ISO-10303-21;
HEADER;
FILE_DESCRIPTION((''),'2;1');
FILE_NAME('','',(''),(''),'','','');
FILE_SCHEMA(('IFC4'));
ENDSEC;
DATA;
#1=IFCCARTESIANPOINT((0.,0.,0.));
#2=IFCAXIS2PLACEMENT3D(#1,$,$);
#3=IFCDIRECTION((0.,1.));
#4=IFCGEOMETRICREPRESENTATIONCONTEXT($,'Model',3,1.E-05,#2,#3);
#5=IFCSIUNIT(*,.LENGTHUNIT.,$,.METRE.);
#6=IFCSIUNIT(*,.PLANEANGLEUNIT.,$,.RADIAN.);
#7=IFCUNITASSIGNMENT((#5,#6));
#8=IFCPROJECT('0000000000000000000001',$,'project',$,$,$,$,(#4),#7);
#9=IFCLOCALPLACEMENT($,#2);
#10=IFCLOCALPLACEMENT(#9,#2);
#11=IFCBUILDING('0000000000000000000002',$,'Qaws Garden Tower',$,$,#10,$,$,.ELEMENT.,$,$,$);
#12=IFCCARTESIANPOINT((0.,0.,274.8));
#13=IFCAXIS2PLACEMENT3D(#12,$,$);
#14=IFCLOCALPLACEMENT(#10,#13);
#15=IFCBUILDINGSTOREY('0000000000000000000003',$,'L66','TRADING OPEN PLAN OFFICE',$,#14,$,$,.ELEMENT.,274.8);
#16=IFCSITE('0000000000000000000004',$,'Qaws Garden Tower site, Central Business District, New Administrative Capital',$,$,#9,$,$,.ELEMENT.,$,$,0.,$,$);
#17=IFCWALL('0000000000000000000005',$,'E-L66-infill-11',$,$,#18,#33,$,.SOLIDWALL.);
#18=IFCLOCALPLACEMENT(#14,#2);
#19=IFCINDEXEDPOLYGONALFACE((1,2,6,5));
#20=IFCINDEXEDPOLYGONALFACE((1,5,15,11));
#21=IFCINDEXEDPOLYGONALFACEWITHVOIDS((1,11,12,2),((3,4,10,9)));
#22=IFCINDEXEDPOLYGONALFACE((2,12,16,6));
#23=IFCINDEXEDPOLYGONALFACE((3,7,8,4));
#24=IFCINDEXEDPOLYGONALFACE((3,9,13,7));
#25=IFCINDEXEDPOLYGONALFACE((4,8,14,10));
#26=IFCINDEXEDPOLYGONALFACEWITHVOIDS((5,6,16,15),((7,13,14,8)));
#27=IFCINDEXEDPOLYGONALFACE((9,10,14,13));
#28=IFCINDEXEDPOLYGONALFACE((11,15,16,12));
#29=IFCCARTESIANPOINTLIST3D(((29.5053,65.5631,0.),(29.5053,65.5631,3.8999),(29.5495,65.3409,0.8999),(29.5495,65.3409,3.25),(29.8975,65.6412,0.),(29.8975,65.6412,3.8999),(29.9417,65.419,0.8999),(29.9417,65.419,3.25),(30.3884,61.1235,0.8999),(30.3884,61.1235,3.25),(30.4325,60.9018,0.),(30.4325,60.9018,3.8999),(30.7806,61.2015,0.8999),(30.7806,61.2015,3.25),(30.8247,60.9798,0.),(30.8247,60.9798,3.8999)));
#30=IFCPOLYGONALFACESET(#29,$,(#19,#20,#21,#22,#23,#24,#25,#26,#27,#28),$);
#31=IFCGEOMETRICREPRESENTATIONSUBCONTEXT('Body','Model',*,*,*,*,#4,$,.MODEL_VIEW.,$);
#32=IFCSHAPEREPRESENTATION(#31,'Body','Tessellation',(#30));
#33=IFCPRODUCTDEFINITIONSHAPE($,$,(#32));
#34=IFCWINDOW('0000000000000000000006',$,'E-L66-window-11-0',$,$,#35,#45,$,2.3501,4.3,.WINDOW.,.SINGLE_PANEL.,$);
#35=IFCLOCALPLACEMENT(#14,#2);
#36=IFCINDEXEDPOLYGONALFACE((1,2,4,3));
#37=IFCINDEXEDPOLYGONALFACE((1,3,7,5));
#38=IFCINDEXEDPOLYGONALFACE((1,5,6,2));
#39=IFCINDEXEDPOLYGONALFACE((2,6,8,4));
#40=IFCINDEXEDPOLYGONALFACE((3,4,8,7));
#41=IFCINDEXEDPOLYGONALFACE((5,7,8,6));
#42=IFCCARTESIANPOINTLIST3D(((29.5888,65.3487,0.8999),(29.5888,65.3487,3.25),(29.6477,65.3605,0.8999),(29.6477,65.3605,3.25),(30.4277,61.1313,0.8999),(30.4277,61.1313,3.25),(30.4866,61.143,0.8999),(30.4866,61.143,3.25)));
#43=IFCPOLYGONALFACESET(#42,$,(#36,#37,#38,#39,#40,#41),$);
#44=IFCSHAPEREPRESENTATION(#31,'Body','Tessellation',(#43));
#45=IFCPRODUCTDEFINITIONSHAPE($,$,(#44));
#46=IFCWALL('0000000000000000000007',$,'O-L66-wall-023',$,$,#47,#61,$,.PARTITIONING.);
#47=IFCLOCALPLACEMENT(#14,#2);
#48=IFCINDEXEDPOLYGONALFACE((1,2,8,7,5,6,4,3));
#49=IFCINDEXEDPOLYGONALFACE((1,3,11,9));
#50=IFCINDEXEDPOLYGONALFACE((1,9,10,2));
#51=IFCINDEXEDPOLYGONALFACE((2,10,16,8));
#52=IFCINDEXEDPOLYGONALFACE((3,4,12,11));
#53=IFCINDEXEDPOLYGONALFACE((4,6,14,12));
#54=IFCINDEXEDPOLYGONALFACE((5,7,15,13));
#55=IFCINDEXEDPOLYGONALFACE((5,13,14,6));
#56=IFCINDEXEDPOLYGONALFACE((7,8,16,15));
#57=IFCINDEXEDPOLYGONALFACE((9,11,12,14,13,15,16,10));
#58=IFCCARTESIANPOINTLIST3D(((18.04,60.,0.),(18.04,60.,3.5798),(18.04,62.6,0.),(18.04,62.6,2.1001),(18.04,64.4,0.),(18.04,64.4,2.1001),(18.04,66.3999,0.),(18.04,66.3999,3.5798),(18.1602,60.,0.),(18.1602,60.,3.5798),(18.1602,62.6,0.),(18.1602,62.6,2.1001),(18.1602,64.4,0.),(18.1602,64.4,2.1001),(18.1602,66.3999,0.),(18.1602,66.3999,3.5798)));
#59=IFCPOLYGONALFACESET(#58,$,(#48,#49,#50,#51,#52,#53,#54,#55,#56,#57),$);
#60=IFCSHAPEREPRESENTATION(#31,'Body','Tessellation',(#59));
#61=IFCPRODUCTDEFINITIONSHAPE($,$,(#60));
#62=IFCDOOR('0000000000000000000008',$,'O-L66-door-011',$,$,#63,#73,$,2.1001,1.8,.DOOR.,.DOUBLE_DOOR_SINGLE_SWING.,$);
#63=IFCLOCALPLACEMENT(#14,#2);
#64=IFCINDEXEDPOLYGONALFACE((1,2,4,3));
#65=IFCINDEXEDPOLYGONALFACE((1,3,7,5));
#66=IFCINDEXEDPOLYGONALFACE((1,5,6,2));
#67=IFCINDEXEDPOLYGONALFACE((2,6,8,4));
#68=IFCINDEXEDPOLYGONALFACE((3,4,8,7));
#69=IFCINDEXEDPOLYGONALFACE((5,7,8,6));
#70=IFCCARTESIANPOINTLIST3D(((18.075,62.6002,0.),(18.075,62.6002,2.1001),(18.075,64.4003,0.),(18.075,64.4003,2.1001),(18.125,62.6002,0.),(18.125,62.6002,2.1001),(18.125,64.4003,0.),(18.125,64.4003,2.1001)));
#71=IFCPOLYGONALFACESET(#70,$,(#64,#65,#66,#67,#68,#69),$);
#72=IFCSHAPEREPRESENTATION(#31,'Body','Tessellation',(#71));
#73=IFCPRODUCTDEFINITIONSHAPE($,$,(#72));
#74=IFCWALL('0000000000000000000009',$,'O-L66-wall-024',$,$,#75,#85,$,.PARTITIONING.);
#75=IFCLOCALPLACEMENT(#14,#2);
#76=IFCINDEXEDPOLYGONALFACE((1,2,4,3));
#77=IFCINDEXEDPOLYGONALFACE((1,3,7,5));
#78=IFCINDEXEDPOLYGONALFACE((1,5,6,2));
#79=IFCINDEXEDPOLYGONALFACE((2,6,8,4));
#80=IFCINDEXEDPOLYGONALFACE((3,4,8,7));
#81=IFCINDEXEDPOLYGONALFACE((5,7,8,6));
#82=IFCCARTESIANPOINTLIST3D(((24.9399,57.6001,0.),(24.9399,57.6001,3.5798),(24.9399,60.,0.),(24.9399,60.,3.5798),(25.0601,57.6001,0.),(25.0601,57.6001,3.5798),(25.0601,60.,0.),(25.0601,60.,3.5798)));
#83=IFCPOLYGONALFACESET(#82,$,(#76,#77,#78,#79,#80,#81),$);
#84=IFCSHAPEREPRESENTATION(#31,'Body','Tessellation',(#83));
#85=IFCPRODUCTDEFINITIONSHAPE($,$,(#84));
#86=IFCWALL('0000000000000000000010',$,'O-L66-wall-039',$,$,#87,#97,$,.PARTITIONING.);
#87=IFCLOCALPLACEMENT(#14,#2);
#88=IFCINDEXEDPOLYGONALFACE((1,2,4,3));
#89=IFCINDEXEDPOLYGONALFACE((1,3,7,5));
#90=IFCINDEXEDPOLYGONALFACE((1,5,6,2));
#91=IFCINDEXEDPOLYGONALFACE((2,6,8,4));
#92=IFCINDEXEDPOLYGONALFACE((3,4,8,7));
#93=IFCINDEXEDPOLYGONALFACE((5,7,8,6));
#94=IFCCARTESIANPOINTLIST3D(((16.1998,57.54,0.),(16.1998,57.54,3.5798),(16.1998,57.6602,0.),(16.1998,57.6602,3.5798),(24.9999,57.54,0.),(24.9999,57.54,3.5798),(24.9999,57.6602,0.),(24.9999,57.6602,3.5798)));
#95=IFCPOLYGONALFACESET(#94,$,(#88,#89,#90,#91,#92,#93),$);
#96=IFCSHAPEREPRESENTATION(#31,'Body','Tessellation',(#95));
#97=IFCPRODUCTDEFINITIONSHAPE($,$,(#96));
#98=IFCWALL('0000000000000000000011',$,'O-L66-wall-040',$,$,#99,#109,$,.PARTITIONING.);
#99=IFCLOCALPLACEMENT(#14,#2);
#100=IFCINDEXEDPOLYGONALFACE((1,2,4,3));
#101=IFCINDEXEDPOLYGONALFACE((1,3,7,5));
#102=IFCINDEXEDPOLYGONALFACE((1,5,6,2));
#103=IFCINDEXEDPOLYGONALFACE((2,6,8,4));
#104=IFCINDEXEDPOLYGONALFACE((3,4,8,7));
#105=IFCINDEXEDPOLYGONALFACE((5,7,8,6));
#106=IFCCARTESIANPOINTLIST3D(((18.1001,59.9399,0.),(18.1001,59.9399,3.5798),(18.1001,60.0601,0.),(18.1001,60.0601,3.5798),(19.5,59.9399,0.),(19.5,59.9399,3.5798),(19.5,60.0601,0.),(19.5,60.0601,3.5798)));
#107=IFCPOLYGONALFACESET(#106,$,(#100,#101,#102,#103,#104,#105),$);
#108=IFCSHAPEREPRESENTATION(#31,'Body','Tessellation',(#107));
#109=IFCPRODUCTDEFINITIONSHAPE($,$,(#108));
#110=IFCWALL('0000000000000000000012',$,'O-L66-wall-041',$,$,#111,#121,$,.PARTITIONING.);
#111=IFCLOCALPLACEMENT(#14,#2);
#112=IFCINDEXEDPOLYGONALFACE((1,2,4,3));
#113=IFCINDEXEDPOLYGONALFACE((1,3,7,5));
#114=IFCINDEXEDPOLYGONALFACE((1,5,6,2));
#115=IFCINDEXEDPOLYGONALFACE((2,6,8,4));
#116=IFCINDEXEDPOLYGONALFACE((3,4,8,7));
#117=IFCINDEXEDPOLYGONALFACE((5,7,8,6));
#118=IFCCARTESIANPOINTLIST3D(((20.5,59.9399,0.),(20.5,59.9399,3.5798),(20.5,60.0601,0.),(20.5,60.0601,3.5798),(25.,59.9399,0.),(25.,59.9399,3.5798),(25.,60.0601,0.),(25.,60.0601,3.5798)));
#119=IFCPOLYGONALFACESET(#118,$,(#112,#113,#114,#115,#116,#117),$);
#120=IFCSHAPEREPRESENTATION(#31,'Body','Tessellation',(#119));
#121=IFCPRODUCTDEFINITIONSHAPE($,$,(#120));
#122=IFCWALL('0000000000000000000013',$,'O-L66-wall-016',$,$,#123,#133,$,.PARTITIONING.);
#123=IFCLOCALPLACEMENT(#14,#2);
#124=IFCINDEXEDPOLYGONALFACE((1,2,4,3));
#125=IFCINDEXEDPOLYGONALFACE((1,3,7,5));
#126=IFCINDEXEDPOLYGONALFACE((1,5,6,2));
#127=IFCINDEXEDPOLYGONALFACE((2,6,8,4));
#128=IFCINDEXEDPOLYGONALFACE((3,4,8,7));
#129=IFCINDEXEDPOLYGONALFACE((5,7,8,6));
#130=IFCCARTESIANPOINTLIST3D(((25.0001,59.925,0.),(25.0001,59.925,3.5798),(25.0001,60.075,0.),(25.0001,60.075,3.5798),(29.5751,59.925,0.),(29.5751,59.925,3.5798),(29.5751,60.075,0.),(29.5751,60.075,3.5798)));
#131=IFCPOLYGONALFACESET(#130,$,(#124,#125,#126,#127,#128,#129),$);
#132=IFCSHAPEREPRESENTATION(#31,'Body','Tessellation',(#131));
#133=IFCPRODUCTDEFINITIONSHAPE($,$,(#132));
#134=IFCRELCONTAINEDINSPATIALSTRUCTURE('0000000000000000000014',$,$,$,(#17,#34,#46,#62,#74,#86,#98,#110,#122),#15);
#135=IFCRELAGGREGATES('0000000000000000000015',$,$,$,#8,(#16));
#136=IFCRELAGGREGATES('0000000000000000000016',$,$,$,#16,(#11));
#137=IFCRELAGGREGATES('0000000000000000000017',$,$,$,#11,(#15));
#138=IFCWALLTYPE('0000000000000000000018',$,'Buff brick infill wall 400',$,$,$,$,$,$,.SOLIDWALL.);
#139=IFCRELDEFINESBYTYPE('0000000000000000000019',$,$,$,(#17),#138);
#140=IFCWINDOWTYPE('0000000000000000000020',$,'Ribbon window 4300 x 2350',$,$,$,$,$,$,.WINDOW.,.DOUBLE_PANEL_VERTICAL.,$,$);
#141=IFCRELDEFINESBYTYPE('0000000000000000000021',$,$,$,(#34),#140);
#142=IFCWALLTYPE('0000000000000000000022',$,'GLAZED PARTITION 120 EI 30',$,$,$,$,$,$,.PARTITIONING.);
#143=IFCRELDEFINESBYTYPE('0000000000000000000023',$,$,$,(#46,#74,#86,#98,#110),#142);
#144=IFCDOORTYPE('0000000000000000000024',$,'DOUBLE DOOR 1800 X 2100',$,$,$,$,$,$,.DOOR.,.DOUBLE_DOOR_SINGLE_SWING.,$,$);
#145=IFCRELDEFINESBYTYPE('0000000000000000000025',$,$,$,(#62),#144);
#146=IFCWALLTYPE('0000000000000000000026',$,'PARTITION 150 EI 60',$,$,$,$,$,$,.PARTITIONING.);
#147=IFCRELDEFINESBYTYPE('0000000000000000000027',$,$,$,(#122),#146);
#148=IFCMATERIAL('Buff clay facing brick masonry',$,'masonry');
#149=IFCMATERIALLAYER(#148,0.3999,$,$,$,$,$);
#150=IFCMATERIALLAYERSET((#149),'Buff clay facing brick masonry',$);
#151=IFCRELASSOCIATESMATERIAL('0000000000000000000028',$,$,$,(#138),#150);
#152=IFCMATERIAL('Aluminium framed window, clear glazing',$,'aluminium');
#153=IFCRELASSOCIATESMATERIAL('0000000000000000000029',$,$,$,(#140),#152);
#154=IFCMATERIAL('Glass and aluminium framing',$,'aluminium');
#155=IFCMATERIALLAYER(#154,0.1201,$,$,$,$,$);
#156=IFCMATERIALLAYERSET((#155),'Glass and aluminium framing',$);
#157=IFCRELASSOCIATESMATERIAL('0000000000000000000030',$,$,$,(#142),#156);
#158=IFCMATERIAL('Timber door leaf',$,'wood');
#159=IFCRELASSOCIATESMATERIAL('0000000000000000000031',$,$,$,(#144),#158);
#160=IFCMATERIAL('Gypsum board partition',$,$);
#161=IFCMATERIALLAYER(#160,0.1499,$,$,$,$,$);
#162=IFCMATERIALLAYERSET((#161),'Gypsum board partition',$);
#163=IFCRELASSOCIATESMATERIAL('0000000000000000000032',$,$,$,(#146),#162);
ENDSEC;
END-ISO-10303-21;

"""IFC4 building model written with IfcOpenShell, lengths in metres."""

from ifc_helpers import new_model, si_unit, direction, frame, frame_2d, origin, place, context, subcontext, project, spatial, rectangle, extrude, material, layer, layer_set, type_object, element, fill, save


model = new_model("IFC4")

# Units and contexts
model_context = context("Model", 3, precision=1e-05, world=origin(), true_north=direction((0.0, 1.0)))
body_context = subcontext(model_context, "Body", "Model", "MODEL_VIEW")
ifc_project = project(units=[si_unit("LENGTHUNIT", "METRE"), si_unit("PLANEANGLEUNIT", "RADIAN")], contexts=[model_context])

# Site, building, storey
site_placement = place(None, origin())
site = spatial("IfcSite", under=ifc_project, at=site_placement, Name="Qaws Garden Tower site, Central Business District, New Administrative Capital", CompositionType="ELEMENT", RefElevation=0.0)
building_placement = place(site_placement, origin())
building = spatial("IfcBuilding", under=site, at=building_placement, Name="Qaws Garden Tower", CompositionType="ELEMENT")
storey_placement = place(building_placement, frame((0.0, 0.0, 274.8)))
storey = spatial("IfcBuildingStorey", under=building, at=storey_placement, Name="L66", Description="TRADING OPEN PLAN OFFICE", CompositionType="ELEMENT", Elevation=274.8)

# Shared definitions
ifc_material_1 = material(Name="Buff clay facing brick masonry", Category="masonry")
ifc_layer_1 = layer(ifc_material_1, 0.3999)
ifc_layer_set_1 = layer_set([ifc_layer_1], Name="Buff clay facing brick masonry")
wall_type_1 = type_object("IfcWallType", Name="Buff brick infill wall 400", PredefinedType="SOLIDWALL", material=ifc_layer_set_1)

# Wall, opening, window
wall_1_placement = place(storey_placement, frame((30.6287, 60.9407, 0.0), z_axis=(0.0, 0.0, 1.0), x_axis=(-0.195099, 0.980784, 0.0)))
wall_1 = element("IfcWall", 1, at=wall_1_placement, inside=storey, type_object=wall_type_1, Name="E-L66-infill-11", PredefinedType="SOLIDWALL", context=body_context, shape_type="SweptSolid", body=[
    extrude(rectangle(XDim=4.7527, YDim=0.3999, at=frame_2d((2.3765, 0.0))), origin(), (0.0, 0.0, 1.0), 3.8999),
])
opening_1_placement = place(wall_1_placement, frame((0.2263, 0.0, 0.8999)))
opening_1 = element("IfcOpeningElement", 2, at=opening_1_placement, cuts=wall_1, PredefinedType="OPENING", context=body_context, shape_type="SweptSolid", body=[
    extrude(rectangle(XDim=4.3, YDim=2.3501, at=frame_2d((2.1499, 1.175))), frame((0.0, 0.21, 0.0), z_axis=(0.0, -1.0, 0.0), x_axis=(1.0, 0.0, 0.0)), (0.0, 0.0, 1.0), 0.4199),
])
ifc_material_2 = material(Name="Aluminium framed window, clear glazing", Category="aluminium")
window_type_1 = type_object("IfcWindowType", Name="Ribbon window 4300 x 2350", PartitioningType="DOUBLE_PANEL_VERTICAL", PredefinedType="WINDOW", material=ifc_material_2)
window_1_placement = place(opening_1_placement, origin())
window_1 = element("IfcWindow", 3, at=window_1_placement, inside=storey, type_object=window_type_1, Name="E-L66-window-11-0", OverallHeight=2.3501, OverallWidth=4.3, PartitioningType="SINGLE_PANEL", PredefinedType="WINDOW", context=body_context, shape_type="SweptSolid", body=[
    extrude(rectangle(XDim=4.3, YDim=2.3501, at=frame_2d((2.1499, 1.175))), frame((0.0, 0.1599, 0.0), z_axis=(0.0, -1.0, 0.0), x_axis=(1.0, 0.0, 0.0)), (0.0, 0.0, 1.0), 0.0601),
])
fill(opening_1, window_1)

# Wall, opening, door
ifc_material_3 = material(Name="Glass and aluminium framing", Category="aluminium")
ifc_layer_2 = layer(ifc_material_3, 0.1201)
ifc_layer_set_2 = layer_set([ifc_layer_2], Name="Glass and aluminium framing")
wall_type_2 = type_object("IfcWallType", Name="GLAZED PARTITION 120 EI 30", PredefinedType="PARTITIONING", material=ifc_layer_set_2)
wall_2_placement = place(storey_placement, frame((18.1001, 60.0, 0.0), z_axis=(0.0, 0.0, 1.0), x_axis=(0.0, 1.0, 0.0)))
wall_2 = element("IfcWall", 4, at=wall_2_placement, inside=storey, type_object=wall_type_2, Name="O-L66-wall-023", PredefinedType="PARTITIONING", context=body_context, shape_type="SweptSolid", body=[
    extrude(rectangle(XDim=6.3999, YDim=0.1201, at=frame_2d((3.2, 0.0))), origin(), (0.0, 0.0, 1.0), 3.5798),
])
opening_2_placement = place(wall_2_placement, frame((2.6001, 0.0, 0.0)))
opening_2 = element("IfcOpeningElement", 5, at=opening_2_placement, cuts=wall_2, PredefinedType="OPENING", context=body_context, shape_type="SweptSolid", body=[
    extrude(rectangle(XDim=1.8, YDim=2.1001, at=frame_2d((0.8999, 1.05))), frame((0.0, 0.0701, 0.0), z_axis=(0.0, -1.0, 0.0), x_axis=(1.0, 0.0, 0.0)), (0.0, 0.0, 1.0), 0.1401),
])
ifc_material_4 = material(Name="Timber door leaf", Category="wood")
door_type = type_object("IfcDoorType", Name="DOUBLE DOOR 1800 X 2100", OperationType="DOUBLE_DOOR_SINGLE_SWING", PredefinedType="DOOR", material=ifc_material_4)
door_placement = place(opening_2_placement, frame((1.8, 0.0, 0.0), z_axis=(0.0, 0.0, 1.0), x_axis=(-1.0, 0.0, 0.0)))
door = element("IfcDoor", 6, at=door_placement, inside=storey, type_object=door_type, Name="O-L66-door-011", OperationType="DOUBLE_DOOR_SINGLE_SWING", OverallHeight=2.1001, OverallWidth=1.8, PredefinedType="DOOR", context=body_context, shape_type="SweptSolid", body=[
    extrude(rectangle(XDim=1.8, YDim=2.1001, at=frame_2d((0.8999, 1.05))), frame((0.0, 0.0249, 0.0), z_axis=(0.0, -1.0, 0.0), x_axis=(1.0, 0.0, 0.0)), (0.0, 0.0, 1.0), 0.05),
])
fill(opening_2, door)

# Walls
wall_3_placement = place(storey_placement, frame((25.0, 57.6001, 0.0), z_axis=(0.0, 0.0, 1.0), x_axis=(0.0, 1.0, 0.0)))
element("IfcWall", 7, at=wall_3_placement, inside=storey, type_object=wall_type_2, Name="O-L66-wall-024", PredefinedType="PARTITIONING", context=body_context, shape_type="SweptSolid", body=[
    extrude(rectangle(XDim=2.3999, YDim=0.1201, at=frame_2d((1.2, 0.0))), origin(), (0.0, 0.0, 1.0), 3.5798),
])
wall_4_placement = place(storey_placement, frame((16.2, 57.6001, 0.0), z_axis=(0.0, 0.0, 1.0), x_axis=(1.0, 0.0, 0.0)))
element("IfcWall", 8, at=wall_4_placement, inside=storey, type_object=wall_type_2, Name="O-L66-wall-039", PredefinedType="PARTITIONING", context=body_context, shape_type="SweptSolid", body=[
    extrude(rectangle(XDim=8.8, YDim=0.1201, at=frame_2d((4.3999, 0.0))), origin(), (0.0, 0.0, 1.0), 3.5798),
])
wall_5_placement = place(storey_placement, frame((18.1001, 60.0, 0.0), z_axis=(0.0, 0.0, 1.0), x_axis=(1.0, 0.0, 0.0)))
element("IfcWall", 9, at=wall_5_placement, inside=storey, type_object=wall_type_2, Name="O-L66-wall-040", PredefinedType="PARTITIONING", context=body_context, shape_type="SweptSolid", body=[
    extrude(rectangle(XDim=1.3999, YDim=0.1201, at=frame_2d((0.7, 0.0))), origin(), (0.0, 0.0, 1.0), 3.5798),
])
wall_6_placement = place(storey_placement, frame((20.5, 60.0, 0.0), z_axis=(0.0, 0.0, 1.0), x_axis=(1.0, 0.0, 0.0)))
element("IfcWall", 10, at=wall_6_placement, inside=storey, type_object=wall_type_2, Name="O-L66-wall-041", PredefinedType="PARTITIONING", context=body_context, shape_type="SweptSolid", body=[
    extrude(rectangle(XDim=4.5, YDim=0.1201, at=frame_2d((2.25, 0.0))), origin(), (0.0, 0.0, 1.0), 3.5798),
])
ifc_material_5 = material(Name="Gypsum board partition")
ifc_layer_3 = layer(ifc_material_5, 0.1499)
ifc_layer_set_3 = layer_set([ifc_layer_3], Name="Gypsum board partition")
wall_type_3 = type_object("IfcWallType", Name="PARTITION 150 EI 60", PredefinedType="PARTITIONING", material=ifc_layer_set_3)
wall_7_placement = place(storey_placement, frame((25.0, 60.0, 0.0), z_axis=(0.0, 0.0, 1.0), x_axis=(1.0, 0.0, 0.0)))
element("IfcWall", 11, at=wall_7_placement, inside=storey, type_object=wall_type_3, Name="O-L66-wall-016", PredefinedType="PARTITIONING", context=body_context, shape_type="SweptSolid", body=[
    extrude(rectangle(XDim=4.575, YDim=0.1499, at=frame_2d((2.2876, 0.0))), origin(), (0.0, 0.0, 1.0), 3.5798),
])

save(model, "model.ifc")
